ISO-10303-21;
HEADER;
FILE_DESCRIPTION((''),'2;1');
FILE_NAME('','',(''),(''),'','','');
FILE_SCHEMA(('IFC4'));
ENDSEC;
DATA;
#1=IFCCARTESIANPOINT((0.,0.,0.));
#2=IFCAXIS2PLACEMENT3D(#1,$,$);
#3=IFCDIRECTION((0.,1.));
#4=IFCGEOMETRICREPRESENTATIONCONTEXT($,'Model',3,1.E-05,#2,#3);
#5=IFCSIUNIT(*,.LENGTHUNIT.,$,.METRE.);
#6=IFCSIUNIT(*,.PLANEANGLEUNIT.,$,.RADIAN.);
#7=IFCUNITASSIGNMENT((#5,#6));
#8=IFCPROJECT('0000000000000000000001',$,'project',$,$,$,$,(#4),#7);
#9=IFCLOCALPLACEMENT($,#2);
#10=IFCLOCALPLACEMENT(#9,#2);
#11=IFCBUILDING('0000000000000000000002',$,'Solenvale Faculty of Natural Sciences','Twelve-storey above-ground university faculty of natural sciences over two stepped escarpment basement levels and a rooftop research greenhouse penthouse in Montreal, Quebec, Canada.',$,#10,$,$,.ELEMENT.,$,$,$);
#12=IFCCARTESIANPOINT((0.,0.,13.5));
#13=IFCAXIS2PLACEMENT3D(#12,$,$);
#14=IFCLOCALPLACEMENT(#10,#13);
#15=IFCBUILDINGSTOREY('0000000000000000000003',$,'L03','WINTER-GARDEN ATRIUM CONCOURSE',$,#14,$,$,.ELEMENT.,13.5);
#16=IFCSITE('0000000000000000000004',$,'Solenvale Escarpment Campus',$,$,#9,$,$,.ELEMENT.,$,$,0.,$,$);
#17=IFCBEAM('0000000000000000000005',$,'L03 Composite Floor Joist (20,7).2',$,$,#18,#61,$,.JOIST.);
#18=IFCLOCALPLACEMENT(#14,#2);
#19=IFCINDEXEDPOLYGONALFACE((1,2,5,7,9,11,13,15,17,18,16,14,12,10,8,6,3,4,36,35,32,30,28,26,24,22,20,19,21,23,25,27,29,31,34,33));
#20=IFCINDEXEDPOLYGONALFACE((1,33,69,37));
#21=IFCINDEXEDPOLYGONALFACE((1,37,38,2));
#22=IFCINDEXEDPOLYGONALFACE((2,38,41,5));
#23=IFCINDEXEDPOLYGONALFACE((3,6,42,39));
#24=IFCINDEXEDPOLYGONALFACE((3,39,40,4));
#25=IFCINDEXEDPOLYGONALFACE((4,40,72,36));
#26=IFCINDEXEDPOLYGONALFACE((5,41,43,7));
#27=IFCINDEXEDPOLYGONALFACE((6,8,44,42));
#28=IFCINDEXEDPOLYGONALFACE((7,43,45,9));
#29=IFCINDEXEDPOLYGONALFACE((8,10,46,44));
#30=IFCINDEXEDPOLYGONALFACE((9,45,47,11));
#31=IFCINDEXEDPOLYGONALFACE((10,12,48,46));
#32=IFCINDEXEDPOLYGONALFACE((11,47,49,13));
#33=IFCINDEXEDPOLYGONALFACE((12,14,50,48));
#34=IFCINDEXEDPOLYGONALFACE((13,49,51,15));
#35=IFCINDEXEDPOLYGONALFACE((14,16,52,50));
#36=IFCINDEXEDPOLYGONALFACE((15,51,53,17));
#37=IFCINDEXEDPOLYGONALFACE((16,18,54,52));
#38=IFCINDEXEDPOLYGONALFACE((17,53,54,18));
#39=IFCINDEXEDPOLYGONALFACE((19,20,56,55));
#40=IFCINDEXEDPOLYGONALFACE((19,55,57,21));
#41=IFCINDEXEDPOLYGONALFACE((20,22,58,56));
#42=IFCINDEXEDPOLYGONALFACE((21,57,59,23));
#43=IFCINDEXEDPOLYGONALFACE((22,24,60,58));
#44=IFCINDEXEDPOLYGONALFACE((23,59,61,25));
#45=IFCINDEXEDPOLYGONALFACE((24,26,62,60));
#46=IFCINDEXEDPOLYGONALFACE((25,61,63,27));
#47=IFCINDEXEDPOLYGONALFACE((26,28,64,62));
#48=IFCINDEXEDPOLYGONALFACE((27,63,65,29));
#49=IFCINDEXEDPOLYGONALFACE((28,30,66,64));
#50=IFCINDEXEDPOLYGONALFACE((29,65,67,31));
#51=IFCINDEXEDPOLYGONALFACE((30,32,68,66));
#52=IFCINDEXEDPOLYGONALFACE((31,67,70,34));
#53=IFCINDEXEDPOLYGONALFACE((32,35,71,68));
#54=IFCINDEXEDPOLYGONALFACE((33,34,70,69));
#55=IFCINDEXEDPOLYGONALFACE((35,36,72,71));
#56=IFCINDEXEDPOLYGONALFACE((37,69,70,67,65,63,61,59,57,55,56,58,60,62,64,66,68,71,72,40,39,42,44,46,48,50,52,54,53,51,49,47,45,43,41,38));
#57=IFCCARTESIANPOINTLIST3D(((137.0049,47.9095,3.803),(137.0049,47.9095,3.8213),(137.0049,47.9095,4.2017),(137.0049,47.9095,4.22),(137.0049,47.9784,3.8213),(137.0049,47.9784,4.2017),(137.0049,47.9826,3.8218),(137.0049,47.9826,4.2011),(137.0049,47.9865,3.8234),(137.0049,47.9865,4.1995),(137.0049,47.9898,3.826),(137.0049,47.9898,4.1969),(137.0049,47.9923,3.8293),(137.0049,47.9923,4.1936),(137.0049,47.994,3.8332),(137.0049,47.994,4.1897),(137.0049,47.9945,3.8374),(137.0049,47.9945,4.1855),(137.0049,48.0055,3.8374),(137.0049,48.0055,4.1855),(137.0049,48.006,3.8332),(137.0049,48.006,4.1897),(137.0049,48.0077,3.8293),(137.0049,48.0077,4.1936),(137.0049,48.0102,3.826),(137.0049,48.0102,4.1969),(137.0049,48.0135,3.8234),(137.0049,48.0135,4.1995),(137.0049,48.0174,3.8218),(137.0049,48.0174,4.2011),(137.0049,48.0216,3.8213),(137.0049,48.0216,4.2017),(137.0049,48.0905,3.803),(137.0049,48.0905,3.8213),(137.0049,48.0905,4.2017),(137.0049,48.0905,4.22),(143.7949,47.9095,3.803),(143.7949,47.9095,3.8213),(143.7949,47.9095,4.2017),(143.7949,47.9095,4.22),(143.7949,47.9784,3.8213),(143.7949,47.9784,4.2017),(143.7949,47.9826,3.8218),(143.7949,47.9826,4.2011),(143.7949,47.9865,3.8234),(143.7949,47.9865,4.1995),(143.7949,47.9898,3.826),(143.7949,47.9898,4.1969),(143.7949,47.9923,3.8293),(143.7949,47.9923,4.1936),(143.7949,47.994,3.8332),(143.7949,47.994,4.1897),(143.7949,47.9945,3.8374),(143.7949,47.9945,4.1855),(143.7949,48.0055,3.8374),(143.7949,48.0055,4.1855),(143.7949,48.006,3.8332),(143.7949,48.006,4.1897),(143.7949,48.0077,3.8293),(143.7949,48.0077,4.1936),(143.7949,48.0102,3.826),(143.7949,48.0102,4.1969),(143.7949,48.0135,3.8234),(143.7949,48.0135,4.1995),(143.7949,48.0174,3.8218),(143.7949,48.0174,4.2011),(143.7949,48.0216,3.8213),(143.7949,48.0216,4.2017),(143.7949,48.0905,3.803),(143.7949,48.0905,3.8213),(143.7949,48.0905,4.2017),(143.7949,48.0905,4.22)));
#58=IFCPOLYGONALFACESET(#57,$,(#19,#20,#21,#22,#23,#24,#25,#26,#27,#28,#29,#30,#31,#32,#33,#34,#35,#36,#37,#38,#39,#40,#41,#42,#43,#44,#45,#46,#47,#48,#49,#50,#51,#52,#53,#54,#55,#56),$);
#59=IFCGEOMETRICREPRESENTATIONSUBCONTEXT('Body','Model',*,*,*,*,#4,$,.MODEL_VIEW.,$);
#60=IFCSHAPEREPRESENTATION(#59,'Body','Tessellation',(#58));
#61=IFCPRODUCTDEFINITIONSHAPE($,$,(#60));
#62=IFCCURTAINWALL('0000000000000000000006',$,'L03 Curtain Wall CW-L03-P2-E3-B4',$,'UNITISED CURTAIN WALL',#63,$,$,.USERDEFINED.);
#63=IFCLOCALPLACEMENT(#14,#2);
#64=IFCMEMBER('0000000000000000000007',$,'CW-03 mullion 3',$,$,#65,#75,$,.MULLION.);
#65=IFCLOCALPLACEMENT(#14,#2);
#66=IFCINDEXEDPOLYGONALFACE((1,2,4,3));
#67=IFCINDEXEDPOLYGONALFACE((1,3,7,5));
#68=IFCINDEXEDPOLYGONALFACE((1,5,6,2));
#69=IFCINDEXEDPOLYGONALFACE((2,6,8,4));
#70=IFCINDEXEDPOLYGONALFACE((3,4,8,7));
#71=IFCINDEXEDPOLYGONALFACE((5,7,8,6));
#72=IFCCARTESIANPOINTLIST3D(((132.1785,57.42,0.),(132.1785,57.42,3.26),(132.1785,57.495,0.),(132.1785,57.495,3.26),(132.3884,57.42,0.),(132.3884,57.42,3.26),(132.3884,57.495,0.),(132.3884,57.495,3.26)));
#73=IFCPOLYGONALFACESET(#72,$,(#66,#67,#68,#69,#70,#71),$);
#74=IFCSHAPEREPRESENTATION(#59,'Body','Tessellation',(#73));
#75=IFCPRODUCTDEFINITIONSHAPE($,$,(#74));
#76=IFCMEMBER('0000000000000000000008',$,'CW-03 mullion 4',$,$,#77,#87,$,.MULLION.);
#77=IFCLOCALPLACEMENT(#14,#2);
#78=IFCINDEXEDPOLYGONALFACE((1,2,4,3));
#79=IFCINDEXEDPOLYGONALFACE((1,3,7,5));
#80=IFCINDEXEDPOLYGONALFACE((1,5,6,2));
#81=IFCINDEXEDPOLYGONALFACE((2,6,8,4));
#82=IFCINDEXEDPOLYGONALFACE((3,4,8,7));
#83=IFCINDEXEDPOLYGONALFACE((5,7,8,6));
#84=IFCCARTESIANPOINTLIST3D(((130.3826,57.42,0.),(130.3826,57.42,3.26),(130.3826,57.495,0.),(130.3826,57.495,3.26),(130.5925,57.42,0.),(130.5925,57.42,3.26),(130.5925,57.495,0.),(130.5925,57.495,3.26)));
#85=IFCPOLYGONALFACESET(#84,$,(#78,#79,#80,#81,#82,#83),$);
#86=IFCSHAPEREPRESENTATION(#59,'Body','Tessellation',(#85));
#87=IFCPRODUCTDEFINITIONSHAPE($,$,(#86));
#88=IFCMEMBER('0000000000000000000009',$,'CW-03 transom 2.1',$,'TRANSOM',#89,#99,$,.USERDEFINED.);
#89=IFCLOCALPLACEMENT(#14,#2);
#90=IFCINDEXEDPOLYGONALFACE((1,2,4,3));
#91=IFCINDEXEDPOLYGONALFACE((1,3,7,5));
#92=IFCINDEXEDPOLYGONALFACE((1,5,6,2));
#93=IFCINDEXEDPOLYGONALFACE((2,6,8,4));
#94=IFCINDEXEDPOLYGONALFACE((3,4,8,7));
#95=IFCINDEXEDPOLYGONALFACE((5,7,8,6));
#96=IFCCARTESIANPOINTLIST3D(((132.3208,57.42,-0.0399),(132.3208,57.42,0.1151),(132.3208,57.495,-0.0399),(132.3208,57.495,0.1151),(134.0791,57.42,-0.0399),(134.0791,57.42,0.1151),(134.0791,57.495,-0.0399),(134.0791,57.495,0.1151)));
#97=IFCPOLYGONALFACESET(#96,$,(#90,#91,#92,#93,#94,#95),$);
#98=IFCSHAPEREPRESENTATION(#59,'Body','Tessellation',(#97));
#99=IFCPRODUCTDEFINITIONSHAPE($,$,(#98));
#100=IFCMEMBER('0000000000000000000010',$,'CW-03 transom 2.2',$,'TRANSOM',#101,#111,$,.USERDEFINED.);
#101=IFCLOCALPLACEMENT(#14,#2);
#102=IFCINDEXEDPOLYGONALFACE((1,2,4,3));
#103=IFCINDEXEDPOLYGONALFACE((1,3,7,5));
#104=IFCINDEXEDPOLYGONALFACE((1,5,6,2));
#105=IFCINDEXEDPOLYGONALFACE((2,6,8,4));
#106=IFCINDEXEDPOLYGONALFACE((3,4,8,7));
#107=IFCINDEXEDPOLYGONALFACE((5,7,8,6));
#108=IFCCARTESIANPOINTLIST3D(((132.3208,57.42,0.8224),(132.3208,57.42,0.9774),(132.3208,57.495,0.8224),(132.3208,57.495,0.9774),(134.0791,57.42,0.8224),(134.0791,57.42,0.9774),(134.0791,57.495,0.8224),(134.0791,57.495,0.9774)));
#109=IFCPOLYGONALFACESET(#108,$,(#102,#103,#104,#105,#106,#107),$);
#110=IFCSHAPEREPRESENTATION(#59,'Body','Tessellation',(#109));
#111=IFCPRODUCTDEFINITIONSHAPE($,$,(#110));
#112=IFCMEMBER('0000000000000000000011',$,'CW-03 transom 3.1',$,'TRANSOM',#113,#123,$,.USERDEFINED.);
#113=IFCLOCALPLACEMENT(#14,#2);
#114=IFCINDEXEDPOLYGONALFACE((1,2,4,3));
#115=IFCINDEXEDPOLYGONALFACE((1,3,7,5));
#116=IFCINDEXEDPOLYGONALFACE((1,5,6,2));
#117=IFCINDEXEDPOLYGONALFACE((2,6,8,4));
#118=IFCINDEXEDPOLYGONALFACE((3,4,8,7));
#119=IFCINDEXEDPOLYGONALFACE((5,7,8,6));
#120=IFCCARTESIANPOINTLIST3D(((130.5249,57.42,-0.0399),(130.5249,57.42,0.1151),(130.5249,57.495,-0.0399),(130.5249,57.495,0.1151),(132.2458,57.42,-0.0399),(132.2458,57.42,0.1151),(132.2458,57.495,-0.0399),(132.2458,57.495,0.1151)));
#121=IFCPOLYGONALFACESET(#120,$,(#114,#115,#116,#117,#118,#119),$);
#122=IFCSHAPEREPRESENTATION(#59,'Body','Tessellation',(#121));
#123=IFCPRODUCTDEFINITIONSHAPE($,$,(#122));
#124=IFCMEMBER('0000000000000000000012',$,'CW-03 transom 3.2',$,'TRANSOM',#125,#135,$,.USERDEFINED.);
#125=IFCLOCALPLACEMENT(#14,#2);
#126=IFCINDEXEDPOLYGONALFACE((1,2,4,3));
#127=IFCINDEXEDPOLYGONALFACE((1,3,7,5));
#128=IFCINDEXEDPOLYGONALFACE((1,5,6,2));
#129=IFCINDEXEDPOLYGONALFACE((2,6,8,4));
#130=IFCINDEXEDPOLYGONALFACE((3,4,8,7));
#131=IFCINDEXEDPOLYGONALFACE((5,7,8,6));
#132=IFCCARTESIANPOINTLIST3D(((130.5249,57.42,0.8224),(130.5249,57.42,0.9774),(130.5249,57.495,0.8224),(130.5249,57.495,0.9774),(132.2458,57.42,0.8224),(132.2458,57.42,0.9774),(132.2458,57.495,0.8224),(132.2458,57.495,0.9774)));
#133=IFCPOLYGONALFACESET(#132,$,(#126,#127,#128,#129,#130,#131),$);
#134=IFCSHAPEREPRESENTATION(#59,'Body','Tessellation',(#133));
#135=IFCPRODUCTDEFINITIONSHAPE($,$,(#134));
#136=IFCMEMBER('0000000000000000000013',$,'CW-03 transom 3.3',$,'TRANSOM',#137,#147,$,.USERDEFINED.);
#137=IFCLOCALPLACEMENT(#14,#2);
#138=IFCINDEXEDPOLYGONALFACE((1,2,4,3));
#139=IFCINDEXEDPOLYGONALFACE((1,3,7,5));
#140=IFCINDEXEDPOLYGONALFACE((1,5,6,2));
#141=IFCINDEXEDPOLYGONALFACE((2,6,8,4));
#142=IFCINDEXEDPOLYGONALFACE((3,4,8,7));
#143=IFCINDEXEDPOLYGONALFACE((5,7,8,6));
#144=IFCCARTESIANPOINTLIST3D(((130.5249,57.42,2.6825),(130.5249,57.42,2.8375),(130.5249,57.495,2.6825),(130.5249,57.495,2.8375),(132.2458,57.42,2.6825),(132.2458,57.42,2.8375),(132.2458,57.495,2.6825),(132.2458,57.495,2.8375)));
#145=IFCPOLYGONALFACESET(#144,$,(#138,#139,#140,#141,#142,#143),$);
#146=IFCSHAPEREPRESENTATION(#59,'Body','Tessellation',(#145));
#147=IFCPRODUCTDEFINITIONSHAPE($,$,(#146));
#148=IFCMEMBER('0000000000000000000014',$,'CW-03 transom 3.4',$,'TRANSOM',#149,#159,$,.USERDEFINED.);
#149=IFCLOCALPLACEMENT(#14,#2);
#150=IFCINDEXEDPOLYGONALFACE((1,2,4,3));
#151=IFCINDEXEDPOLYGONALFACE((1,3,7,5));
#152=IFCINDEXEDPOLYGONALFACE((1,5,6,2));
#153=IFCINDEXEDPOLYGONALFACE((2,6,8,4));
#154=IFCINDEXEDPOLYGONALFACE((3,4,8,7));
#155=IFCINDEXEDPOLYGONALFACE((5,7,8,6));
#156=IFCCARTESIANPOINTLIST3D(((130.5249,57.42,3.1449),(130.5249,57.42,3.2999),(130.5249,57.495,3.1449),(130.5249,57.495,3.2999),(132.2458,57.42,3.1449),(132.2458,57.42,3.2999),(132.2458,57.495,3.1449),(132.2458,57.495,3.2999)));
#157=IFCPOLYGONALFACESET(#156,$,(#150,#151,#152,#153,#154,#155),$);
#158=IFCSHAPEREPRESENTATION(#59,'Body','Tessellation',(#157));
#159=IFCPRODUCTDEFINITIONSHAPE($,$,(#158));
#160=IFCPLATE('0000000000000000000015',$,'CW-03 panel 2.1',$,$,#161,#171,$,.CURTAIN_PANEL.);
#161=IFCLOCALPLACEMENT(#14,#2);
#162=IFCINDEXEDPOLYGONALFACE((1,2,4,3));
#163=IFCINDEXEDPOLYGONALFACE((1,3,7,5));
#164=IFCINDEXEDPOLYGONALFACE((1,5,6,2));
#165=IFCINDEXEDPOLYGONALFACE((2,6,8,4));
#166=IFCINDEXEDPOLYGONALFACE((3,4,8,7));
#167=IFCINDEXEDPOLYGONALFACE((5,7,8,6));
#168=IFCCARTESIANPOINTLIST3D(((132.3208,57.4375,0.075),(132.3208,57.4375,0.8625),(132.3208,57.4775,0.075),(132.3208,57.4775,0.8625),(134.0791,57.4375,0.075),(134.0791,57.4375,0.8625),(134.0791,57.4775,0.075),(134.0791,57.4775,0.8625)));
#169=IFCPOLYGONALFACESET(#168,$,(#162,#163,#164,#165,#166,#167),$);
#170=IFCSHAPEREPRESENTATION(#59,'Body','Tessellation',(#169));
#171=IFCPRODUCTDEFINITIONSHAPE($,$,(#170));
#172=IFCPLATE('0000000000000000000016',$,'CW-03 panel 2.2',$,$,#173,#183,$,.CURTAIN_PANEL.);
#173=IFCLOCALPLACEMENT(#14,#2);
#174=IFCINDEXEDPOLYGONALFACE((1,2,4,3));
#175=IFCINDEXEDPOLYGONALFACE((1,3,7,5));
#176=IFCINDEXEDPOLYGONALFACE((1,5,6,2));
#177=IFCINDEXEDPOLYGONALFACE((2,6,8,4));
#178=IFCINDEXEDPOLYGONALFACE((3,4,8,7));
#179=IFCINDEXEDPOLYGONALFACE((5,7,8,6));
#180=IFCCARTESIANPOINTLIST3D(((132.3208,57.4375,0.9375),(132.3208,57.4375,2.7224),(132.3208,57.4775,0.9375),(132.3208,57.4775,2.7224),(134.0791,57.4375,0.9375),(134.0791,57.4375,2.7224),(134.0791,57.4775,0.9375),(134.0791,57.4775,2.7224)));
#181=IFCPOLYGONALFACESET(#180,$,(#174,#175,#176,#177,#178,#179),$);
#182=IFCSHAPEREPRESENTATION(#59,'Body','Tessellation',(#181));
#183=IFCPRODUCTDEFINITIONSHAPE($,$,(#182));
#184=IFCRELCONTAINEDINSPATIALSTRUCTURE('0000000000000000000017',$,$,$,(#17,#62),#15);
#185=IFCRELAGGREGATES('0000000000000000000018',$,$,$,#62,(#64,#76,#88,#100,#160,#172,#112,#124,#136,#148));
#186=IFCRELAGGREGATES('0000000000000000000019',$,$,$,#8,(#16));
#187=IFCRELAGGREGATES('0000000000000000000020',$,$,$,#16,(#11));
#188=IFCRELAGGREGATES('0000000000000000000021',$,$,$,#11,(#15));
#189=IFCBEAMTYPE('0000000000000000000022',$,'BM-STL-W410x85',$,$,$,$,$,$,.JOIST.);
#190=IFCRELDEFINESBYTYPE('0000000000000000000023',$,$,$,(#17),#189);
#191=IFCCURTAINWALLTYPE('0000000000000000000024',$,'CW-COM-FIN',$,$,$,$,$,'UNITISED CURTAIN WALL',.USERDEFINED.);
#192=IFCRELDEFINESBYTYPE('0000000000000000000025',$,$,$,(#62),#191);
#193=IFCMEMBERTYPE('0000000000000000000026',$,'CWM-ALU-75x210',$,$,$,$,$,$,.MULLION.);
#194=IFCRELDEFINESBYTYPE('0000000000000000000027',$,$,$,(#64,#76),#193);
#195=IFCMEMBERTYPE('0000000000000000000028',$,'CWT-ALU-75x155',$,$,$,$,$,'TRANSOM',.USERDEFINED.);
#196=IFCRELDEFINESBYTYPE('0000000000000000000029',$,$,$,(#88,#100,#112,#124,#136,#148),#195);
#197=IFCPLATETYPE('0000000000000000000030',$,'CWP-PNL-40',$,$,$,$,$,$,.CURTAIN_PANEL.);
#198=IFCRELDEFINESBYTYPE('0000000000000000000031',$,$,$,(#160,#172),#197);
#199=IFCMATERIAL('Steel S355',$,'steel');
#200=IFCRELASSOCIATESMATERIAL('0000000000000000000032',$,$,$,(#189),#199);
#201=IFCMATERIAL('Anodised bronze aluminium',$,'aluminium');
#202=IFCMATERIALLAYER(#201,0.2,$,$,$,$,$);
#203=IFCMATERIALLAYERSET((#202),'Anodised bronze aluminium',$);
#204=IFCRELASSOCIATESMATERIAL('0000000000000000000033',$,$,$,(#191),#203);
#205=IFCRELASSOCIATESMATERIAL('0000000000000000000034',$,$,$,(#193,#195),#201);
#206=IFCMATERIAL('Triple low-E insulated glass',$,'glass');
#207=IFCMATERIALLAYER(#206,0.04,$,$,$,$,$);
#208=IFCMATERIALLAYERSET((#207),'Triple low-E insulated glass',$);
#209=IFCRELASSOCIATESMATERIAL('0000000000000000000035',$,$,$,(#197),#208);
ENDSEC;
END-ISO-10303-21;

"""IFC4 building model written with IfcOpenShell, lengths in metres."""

from ifc_helpers import new_model, si_unit, direction, frame, origin, origin_2d, place, context, subcontext, project, spatial, rectangle, i_section, extrude, material, layer, layer_set, material_profile, profile_set, type_object, element, aggregate, save


model = new_model("IFC4")

# Units and contexts
model_context = context("Model", 3, precision=1e-05, world=origin(), true_north=direction((0.0, 1.0)))
body_context = subcontext(model_context, "Body", "Model", "MODEL_VIEW")
ifc_project = project(units=[si_unit("LENGTHUNIT", "METRE"), si_unit("PLANEANGLEUNIT", "RADIAN")], contexts=[model_context])

# Site, building, storey
site_placement = place(None, origin())
site = spatial("IfcSite", under=ifc_project, at=site_placement, Name="Solenvale Escarpment Campus", CompositionType="ELEMENT", RefElevation=0.0)
building_placement = place(site_placement, origin())
building = spatial("IfcBuilding", under=site, at=building_placement, Name="Solenvale Faculty of Natural Sciences", Description="Twelve-storey above-ground university faculty of natural sciences over two stepped escarpment basement levels and a rooftop research greenhouse penthouse in Montreal, Quebec, Canada.", CompositionType="ELEMENT")
storey_placement = place(building_placement, frame((0.0, 0.0, 13.5)))
storey = spatial("IfcBuildingStorey", under=building, at=storey_placement, Name="L03", Description="WINTER-GARDEN ATRIUM CONCOURSE", CompositionType="ELEMENT", Elevation=13.5)

# Beam
ifc_material_1 = material(Name="Steel S355", Category="steel")
ifc_material_profile_1 = material_profile(ifc_material_1, i_section(OverallWidth=0.1809, OverallDepth=0.417, WebThickness=0.011, FlangeThickness=0.0183, FilletRadius=0.0161, at=origin_2d()), Name="W410x85")
ifc_profile_set_1 = profile_set([ifc_material_profile_1], Name="Steel S355")
beam_type_1 = type_object("IfcBeamType", Name="BM-STL-W410x85", PredefinedType="JOIST", material=ifc_profile_set_1)
for number, where, z_axis, x_axis, name in (
    (1, (137.0049, 48.0, 4.0115), (1.0, 0.0, 0.0), (0.0, 1.0, 0.0), "L03 Composite Floor Joist (20,7).2"),
):
    element("IfcBeam", number, at=place(storey_placement, frame(where, z_axis=z_axis, x_axis=x_axis)), inside=storey, type_object=beam_type_1, Name=name, PredefinedType="JOIST", context=body_context, shape_type="SweptSolid", body=[
        extrude(i_section(OverallWidth=0.1809, OverallDepth=0.417, WebThickness=0.011, FlangeThickness=0.0183, FilletRadius=0.0161, at=origin_2d()), origin(), (0.0, 0.0, 1.0), 6.79),
    ])

# Curtain wall, members, plates
ifc_material_2 = material(Name="Anodised bronze aluminium", Category="aluminium")
ifc_layer_1 = layer(ifc_material_2, 0.2)
ifc_layer_set_1 = layer_set([ifc_layer_1], Name="Anodised bronze aluminium")
curtain_wall_type = type_object("IfcCurtainWallType", Name="CW-COM-FIN", ElementType="UNITISED CURTAIN WALL", PredefinedType="USERDEFINED", material=ifc_layer_set_1)
curtain_wall_placement = place(storey_placement, origin())
curtain_wall = element("IfcCurtainWall", 2, at=curtain_wall_placement, inside=storey, type_object=curtain_wall_type, Name="L03 Curtain Wall CW-L03-P2-E3-B4", ObjectType="UNITISED CURTAIN WALL", PredefinedType="USERDEFINED")
ifc_material_profile_2 = material_profile(ifc_material_2, rectangle(XDim=0.075, YDim=0.21, at=origin_2d()), Name="ALU-MUL-75x210")
ifc_profile_set_2 = profile_set([ifc_material_profile_2], Name="Anodised bronze aluminium")
member_type_1 = type_object("IfcMemberType", Name="CWM-ALU-75x210", PredefinedType="MULLION", material=ifc_profile_set_2)
member_1_placement = place(storey_placement, frame((132.2834, 57.4575, 0.0), z_axis=(0.0, 0.0, 1.0), x_axis=(0.0, -1.0, 0.0)))
member_1 = element("IfcMember", 3, at=member_1_placement, type_object=member_type_1, Name="CW-03 mullion 3", PredefinedType="MULLION", context=body_context, shape_type="SweptSolid", body=[
    extrude(rectangle(XDim=0.075, YDim=0.21, at=origin_2d()), origin(), (0.0, 0.0, 1.0), 3.26),
])
member_2_placement = place(storey_placement, frame((130.4875, 57.4575, 0.0), z_axis=(0.0, 0.0, 1.0), x_axis=(0.0, -1.0, 0.0)))
member_2 = element("IfcMember", 4, at=member_2_placement, type_object=member_type_1, Name="CW-03 mullion 4", PredefinedType="MULLION", context=body_context, shape_type="SweptSolid", body=[
    extrude(rectangle(XDim=0.075, YDim=0.21, at=origin_2d()), origin(), (0.0, 0.0, 1.0), 3.26),
])
ifc_material_profile_3 = material_profile(ifc_material_2, rectangle(XDim=0.075, YDim=0.155, at=origin_2d()), Name="ALU-TRN-75x155")
ifc_profile_set_3 = profile_set([ifc_material_profile_3], Name="Anodised bronze aluminium")
member_type_2 = type_object("IfcMemberType", Name="CWT-ALU-75x155", ElementType="TRANSOM", PredefinedType="USERDEFINED", material=ifc_profile_set_3)
member_3_placement = place(storey_placement, frame((134.0791, 57.4575, 0.0376), z_axis=(-1.0, 0.0, 0.0), x_axis=(0.0, -1.0, 0.0)))
member_3 = element("IfcMember", 5, at=member_3_placement, type_object=member_type_2, Name="CW-03 transom 2.1", ObjectType="TRANSOM", PredefinedType="USERDEFINED", context=body_context, shape_type="SweptSolid", body=[
    extrude(rectangle(XDim=0.075, YDim=0.155, at=origin_2d()), origin(), (0.0, 0.0, 1.0), 1.7583),
])
member_4_placement = place(storey_placement, frame((134.0791, 57.4575, 0.8999), z_axis=(-1.0, 0.0, 0.0), x_axis=(0.0, -1.0, 0.0)))
member_4 = element("IfcMember", 6, at=member_4_placement, type_object=member_type_2, Name="CW-03 transom 2.2", ObjectType="TRANSOM", PredefinedType="USERDEFINED", context=body_context, shape_type="SweptSolid", body=[
    extrude(rectangle(XDim=0.075, YDim=0.155, at=origin_2d()), origin(), (0.0, 0.0, 1.0), 1.7583),
])
member_5_placement = place(storey_placement, frame((132.2458, 57.4575, 0.0376), z_axis=(-1.0, 0.0, 0.0), x_axis=(0.0, -1.0, 0.0)))
member_5 = element("IfcMember", 7, at=member_5_placement, type_object=member_type_2, Name="CW-03 transom 3.1", ObjectType="TRANSOM", PredefinedType="USERDEFINED", context=body_context, shape_type="SweptSolid", body=[
    extrude(rectangle(XDim=0.075, YDim=0.155, at=origin_2d()), origin(), (0.0, 0.0, 1.0), 1.7209),
])
member_6_placement = place(storey_placement, frame((132.2458, 57.4575, 0.8999), z_axis=(-1.0, 0.0, 0.0), x_axis=(0.0, -1.0, 0.0)))
member_6 = element("IfcMember", 8, at=member_6_placement, type_object=member_type_2, Name="CW-03 transom 3.2", ObjectType="TRANSOM", PredefinedType="USERDEFINED", context=body_context, shape_type="SweptSolid", body=[
    extrude(rectangle(XDim=0.075, YDim=0.155, at=origin_2d()), origin(), (0.0, 0.0, 1.0), 1.7209),
])
member_7_placement = place(storey_placement, frame((132.2458, 57.4575, 2.76), z_axis=(-1.0, 0.0, 0.0), x_axis=(0.0, -1.0, 0.0)))
member_7 = element("IfcMember", 9, at=member_7_placement, type_object=member_type_2, Name="CW-03 transom 3.3", ObjectType="TRANSOM", PredefinedType="USERDEFINED", context=body_context, shape_type="SweptSolid", body=[
    extrude(rectangle(XDim=0.075, YDim=0.155, at=origin_2d()), origin(), (0.0, 0.0, 1.0), 1.7209),
])
member_8_placement = place(storey_placement, frame((132.2458, 57.4575, 3.2224), z_axis=(-1.0, 0.0, 0.0), x_axis=(0.0, -1.0, 0.0)))
member_8 = element("IfcMember", 10, at=member_8_placement, type_object=member_type_2, Name="CW-03 transom 3.4", ObjectType="TRANSOM", PredefinedType="USERDEFINED", context=body_context, shape_type="SweptSolid", body=[
    extrude(rectangle(XDim=0.075, YDim=0.155, at=origin_2d()), origin(), (0.0, 0.0, 1.0), 1.7209),
])
ifc_material_3 = material(Name="Triple low-E insulated glass", Category="glass")
ifc_layer_2 = layer(ifc_material_3, 0.04)
ifc_layer_set_2 = layer_set([ifc_layer_2], Name="Triple low-E insulated glass")
plate_type = type_object("IfcPlateType", Name="CWP-PNL-40", PredefinedType="CURTAIN_PANEL", material=ifc_layer_set_2)
plate_1_placement = place(storey_placement, frame((133.2, 57.4575, 0.075), z_axis=(0.0, 0.0, 1.0), x_axis=(-1.0, 0.0, 0.0)))
plate_1 = element("IfcPlate", 11, at=plate_1_placement, type_object=plate_type, Name="CW-03 panel 2.1", PredefinedType="CURTAIN_PANEL", context=body_context, shape_type="SweptSolid", body=[
    extrude(rectangle(XDim=1.7583, YDim=0.04, at=origin_2d()), origin(), (0.0, 0.0, 1.0), 0.7876),
])
plate_2_placement = place(storey_placement, frame((133.2, 57.4575, 0.9375), z_axis=(0.0, 0.0, 1.0), x_axis=(-1.0, 0.0, 0.0)))
plate_2 = element("IfcPlate", 12, at=plate_2_placement, type_object=plate_type, Name="CW-03 panel 2.2", PredefinedType="CURTAIN_PANEL", context=body_context, shape_type="SweptSolid", body=[
    extrude(rectangle(XDim=1.7583, YDim=0.04, at=origin_2d()), origin(), (0.0, 0.0, 1.0), 1.7849),
])
aggregate(curtain_wall, [member_1, member_2, member_3, member_4, plate_1, plate_2, member_5, member_6, member_7, member_8])

save(model, "model.ifc")
